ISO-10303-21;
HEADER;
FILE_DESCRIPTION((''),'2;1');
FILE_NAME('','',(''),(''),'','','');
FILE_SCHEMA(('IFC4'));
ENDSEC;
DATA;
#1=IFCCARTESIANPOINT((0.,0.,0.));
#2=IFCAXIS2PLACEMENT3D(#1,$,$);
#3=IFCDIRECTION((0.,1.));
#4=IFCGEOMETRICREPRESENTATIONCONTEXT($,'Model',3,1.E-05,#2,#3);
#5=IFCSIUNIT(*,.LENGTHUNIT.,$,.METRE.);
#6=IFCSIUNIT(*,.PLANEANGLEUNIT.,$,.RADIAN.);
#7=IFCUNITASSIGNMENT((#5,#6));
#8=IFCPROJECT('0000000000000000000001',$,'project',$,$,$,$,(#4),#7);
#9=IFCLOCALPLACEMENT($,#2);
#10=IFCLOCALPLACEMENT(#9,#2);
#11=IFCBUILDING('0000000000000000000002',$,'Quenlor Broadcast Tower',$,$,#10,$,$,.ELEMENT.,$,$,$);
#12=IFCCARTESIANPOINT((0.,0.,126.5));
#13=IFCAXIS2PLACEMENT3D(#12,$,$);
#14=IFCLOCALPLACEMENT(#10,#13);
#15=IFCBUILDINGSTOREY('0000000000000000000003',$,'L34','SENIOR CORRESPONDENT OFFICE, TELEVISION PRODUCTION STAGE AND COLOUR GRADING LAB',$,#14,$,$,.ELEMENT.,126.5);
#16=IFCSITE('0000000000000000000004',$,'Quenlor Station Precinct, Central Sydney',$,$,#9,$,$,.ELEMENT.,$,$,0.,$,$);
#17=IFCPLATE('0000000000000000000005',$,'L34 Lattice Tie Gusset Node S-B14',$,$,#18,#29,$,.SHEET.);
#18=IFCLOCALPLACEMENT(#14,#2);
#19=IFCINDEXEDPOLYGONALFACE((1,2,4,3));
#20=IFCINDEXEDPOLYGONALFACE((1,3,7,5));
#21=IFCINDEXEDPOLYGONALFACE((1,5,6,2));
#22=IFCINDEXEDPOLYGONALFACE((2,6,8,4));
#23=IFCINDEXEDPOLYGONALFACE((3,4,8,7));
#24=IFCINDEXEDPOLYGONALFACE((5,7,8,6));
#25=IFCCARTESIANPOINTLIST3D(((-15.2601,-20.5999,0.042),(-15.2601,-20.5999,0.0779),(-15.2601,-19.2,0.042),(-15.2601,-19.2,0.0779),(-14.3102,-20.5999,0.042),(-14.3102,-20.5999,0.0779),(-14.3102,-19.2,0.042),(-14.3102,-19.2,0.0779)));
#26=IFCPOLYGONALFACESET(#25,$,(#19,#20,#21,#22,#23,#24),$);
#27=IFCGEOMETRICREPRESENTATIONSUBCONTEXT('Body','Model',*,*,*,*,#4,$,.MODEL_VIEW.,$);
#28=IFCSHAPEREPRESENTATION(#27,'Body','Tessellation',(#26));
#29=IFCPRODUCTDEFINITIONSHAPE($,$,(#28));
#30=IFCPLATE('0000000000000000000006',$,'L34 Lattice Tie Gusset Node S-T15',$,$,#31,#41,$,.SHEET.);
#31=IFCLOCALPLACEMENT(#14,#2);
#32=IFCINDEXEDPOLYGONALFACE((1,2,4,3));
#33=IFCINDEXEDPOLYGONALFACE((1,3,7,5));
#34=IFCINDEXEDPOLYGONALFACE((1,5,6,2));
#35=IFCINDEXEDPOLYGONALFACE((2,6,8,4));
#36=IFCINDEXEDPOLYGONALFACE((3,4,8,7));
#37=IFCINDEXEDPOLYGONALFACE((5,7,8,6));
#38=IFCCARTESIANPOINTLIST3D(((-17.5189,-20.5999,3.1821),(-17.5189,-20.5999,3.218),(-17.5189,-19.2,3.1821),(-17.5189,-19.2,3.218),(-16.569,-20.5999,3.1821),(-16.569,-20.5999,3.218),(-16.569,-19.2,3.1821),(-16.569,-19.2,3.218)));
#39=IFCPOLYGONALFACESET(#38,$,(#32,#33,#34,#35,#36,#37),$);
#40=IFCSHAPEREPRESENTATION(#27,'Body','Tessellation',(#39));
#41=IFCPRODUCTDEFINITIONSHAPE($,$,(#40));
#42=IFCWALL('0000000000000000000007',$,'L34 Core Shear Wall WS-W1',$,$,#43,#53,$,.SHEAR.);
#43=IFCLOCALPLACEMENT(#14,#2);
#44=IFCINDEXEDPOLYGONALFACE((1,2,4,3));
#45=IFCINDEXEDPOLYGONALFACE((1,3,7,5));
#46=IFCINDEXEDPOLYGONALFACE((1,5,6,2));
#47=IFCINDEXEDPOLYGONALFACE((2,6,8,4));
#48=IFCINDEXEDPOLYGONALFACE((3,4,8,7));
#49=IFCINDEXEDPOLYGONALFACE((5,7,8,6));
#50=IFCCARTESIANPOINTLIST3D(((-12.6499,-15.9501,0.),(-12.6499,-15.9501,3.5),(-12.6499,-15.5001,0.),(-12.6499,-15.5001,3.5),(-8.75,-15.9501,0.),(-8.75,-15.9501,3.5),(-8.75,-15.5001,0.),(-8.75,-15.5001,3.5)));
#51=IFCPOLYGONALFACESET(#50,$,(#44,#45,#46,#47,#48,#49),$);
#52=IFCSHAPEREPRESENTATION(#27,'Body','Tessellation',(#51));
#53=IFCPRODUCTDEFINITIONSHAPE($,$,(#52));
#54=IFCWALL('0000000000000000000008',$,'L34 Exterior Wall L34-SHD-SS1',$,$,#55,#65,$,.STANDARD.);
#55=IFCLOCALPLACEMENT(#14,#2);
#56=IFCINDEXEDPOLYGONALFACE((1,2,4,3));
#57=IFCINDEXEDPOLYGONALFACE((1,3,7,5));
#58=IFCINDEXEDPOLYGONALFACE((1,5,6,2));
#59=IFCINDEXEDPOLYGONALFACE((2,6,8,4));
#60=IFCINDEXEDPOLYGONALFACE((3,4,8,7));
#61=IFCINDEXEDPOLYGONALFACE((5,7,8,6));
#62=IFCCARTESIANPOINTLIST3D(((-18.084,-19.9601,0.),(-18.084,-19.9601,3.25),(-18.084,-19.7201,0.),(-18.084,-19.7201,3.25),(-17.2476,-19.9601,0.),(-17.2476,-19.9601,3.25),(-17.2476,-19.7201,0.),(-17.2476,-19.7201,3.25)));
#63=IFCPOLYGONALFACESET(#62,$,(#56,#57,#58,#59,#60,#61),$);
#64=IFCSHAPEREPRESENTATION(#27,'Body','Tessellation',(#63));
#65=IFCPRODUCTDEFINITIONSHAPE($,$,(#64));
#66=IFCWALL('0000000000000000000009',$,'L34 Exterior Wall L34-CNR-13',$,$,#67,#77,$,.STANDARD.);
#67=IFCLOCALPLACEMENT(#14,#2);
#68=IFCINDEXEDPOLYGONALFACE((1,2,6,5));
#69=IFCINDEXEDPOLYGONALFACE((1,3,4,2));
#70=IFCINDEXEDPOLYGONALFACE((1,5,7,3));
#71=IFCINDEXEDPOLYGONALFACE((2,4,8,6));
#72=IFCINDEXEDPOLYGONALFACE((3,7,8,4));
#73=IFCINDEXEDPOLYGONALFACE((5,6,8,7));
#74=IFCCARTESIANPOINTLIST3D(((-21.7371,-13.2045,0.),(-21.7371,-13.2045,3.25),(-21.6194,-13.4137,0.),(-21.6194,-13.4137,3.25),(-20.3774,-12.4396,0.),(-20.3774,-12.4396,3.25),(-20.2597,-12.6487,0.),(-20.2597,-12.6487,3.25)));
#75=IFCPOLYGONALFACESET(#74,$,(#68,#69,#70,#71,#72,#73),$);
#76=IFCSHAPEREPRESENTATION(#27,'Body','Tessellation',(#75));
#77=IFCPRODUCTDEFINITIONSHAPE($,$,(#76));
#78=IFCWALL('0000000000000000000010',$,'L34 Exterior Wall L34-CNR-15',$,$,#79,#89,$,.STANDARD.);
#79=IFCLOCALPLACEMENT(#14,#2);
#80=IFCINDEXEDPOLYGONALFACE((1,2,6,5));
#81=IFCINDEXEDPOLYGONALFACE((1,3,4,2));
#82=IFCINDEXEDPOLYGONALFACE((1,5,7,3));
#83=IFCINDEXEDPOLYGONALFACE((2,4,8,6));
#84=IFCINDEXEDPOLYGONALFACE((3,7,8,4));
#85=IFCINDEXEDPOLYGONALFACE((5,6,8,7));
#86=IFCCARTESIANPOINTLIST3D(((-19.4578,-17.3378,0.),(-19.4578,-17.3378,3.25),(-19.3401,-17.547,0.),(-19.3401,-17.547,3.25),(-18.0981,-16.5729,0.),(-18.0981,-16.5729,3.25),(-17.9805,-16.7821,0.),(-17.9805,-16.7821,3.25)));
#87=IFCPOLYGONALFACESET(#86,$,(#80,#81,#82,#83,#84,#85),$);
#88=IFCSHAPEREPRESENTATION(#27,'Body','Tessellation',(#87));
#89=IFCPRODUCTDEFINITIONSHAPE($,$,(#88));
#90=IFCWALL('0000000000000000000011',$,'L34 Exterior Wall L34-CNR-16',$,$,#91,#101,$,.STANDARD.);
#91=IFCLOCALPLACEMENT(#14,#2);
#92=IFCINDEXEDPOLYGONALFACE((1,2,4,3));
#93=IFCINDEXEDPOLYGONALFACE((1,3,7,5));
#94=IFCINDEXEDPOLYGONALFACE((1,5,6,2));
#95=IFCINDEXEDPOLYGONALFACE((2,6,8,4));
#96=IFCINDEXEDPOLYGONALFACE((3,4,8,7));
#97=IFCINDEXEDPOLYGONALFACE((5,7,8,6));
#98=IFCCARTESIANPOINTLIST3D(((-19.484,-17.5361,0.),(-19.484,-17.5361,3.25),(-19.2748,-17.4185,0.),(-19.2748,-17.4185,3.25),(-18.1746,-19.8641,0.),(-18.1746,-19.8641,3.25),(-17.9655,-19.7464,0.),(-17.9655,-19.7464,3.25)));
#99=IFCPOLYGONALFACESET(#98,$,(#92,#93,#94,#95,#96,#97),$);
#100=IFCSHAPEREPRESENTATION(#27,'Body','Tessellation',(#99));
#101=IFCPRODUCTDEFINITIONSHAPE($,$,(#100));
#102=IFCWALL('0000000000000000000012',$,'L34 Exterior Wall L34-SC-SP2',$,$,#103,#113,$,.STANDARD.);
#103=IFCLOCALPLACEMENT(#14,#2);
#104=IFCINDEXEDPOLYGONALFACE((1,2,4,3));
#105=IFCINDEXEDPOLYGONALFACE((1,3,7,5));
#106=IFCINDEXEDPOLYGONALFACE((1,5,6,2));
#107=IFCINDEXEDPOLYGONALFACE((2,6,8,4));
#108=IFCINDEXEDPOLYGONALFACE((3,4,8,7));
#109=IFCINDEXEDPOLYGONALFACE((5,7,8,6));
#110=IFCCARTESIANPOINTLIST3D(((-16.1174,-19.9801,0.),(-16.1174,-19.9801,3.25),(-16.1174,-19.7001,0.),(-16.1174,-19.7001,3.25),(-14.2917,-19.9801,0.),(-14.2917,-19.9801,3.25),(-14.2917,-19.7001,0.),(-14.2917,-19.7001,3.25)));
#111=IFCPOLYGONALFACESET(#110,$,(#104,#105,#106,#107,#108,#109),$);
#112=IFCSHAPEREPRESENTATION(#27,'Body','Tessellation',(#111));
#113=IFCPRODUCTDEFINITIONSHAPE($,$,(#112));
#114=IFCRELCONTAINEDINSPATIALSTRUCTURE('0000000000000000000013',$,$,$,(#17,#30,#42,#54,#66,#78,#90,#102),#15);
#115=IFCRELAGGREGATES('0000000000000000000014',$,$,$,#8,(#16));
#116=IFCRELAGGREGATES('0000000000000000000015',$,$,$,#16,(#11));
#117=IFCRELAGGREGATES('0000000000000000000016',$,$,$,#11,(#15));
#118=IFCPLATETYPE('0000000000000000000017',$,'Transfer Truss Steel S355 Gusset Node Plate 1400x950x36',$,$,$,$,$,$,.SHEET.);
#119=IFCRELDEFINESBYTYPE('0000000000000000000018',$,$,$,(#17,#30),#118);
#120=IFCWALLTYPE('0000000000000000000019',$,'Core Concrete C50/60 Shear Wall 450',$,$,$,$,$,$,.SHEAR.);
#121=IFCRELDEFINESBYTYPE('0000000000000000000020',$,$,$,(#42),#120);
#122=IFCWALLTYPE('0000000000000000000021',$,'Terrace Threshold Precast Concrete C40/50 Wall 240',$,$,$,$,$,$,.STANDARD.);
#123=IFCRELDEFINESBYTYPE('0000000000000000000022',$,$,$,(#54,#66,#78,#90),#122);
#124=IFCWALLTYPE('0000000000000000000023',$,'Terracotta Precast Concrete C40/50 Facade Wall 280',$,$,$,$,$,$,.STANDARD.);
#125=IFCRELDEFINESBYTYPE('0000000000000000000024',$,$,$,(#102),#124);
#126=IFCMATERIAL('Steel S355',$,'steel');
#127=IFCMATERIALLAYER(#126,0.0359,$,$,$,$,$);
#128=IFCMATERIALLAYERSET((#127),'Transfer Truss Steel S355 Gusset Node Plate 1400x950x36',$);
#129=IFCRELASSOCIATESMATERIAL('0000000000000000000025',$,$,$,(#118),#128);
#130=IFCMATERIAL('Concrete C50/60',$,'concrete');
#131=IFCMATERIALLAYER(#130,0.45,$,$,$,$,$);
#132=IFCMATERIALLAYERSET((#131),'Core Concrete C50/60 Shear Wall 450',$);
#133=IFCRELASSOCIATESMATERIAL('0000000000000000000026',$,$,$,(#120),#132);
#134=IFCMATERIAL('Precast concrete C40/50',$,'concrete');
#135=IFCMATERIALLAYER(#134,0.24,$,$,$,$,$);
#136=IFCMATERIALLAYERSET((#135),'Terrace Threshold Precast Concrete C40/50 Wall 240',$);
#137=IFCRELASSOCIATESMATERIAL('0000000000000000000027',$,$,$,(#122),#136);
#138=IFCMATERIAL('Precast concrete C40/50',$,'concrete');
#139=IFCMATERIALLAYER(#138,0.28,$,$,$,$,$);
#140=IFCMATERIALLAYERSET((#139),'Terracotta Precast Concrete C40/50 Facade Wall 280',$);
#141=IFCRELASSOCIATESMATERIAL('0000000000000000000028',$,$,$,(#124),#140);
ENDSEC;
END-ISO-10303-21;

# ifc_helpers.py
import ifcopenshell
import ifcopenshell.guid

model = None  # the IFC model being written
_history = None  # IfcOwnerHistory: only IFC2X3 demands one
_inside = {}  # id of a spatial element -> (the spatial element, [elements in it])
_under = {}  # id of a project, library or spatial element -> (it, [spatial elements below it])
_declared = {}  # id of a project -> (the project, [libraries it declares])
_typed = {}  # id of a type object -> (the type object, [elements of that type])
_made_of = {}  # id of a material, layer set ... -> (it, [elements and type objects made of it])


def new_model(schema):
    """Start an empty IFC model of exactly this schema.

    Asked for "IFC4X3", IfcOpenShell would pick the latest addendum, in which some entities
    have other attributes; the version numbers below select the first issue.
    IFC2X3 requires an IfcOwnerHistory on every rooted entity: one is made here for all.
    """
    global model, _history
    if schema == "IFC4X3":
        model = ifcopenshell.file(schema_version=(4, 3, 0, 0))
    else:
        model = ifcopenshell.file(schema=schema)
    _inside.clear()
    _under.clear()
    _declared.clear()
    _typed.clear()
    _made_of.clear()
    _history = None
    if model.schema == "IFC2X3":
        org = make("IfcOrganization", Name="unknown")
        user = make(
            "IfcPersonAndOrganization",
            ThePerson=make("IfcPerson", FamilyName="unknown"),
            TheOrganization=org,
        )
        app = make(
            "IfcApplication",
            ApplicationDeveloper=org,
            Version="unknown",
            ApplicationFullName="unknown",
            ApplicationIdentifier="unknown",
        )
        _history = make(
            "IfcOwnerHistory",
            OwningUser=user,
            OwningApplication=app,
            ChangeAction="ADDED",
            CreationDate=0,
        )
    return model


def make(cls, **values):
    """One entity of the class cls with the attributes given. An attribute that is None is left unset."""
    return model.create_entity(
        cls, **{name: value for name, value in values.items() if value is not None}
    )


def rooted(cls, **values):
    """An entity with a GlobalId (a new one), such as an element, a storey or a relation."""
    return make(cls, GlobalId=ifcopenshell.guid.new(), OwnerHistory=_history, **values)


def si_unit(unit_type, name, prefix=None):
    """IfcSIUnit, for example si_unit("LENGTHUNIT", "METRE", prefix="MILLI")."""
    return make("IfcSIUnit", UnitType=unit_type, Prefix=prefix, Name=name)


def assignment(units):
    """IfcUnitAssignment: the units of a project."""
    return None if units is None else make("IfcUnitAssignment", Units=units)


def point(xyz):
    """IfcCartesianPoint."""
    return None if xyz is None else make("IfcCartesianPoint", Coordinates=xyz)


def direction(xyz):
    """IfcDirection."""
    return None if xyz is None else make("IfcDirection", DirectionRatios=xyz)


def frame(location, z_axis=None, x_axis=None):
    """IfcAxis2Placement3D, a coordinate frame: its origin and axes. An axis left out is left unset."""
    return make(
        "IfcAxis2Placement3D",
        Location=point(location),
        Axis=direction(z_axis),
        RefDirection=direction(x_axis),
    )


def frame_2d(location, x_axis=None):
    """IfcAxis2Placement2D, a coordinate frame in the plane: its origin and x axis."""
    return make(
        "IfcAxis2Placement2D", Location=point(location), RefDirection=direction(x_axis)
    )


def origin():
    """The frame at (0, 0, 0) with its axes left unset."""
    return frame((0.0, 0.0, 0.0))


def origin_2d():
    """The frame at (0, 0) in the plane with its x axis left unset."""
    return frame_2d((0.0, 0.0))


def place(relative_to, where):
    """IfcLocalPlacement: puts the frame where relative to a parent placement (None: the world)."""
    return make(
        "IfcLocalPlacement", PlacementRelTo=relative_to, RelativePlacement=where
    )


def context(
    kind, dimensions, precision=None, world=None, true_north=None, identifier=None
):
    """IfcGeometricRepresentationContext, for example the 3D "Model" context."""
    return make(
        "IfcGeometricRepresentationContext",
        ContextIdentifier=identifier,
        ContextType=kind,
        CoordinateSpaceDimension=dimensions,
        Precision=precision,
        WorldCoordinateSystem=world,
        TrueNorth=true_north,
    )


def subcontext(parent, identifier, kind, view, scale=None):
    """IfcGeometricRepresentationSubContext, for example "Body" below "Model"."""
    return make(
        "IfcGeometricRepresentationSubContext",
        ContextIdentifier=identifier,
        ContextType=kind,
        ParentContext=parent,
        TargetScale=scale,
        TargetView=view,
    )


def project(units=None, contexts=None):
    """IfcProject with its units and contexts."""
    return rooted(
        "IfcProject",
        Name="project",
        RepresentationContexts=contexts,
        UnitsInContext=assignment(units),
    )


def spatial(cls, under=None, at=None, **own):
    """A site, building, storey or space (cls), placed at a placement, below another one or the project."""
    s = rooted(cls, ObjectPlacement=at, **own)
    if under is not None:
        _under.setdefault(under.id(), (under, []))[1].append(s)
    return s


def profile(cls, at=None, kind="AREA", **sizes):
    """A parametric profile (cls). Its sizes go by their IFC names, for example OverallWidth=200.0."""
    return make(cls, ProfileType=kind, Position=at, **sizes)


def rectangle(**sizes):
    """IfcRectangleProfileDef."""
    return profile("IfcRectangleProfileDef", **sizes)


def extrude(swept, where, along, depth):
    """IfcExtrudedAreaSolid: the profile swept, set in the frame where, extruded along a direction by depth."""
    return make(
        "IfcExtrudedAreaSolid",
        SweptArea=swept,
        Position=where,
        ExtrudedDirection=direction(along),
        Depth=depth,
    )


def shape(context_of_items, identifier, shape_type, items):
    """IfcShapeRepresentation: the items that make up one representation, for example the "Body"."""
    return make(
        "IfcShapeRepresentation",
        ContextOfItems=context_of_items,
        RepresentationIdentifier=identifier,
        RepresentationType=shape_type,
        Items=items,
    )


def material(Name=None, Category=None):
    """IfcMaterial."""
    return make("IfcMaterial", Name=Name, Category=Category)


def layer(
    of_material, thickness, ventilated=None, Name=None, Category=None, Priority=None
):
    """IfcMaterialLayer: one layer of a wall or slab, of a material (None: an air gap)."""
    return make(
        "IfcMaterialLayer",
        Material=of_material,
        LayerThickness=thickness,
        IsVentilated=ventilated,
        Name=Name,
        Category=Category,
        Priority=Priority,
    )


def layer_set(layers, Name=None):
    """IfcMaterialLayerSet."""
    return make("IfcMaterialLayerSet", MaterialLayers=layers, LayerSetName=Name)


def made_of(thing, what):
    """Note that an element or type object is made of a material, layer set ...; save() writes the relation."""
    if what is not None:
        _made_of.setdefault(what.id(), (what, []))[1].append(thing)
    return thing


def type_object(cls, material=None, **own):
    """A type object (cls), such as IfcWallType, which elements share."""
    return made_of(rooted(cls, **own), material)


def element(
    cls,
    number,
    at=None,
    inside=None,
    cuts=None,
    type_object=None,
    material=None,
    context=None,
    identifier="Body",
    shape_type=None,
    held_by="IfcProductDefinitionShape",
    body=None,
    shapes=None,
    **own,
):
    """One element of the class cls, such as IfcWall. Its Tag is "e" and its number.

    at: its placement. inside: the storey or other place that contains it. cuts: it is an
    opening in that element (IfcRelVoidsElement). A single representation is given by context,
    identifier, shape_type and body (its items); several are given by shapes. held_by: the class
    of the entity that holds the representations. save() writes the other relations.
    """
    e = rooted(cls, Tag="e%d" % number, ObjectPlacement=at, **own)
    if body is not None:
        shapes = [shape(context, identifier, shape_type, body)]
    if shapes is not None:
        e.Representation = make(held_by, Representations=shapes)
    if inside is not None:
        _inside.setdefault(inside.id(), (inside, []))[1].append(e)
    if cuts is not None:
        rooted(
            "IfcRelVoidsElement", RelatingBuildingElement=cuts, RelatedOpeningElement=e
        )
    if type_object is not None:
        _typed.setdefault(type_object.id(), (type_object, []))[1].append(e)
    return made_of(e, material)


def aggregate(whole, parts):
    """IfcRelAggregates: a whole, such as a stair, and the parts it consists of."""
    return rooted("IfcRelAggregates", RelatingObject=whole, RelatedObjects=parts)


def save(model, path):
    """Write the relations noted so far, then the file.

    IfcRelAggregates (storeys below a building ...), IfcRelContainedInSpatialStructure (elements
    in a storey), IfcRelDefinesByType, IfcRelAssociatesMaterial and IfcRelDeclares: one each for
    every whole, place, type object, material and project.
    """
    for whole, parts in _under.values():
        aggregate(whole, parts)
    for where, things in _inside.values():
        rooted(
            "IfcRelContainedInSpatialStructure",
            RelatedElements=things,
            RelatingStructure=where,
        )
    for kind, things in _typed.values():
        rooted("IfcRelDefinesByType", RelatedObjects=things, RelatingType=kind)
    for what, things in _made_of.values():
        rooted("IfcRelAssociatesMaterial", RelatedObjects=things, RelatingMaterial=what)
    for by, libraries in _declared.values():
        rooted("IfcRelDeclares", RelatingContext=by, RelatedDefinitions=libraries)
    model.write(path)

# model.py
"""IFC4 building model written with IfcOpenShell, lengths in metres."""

from ifc_helpers import new_model, si_unit, direction, frame, frame_2d, origin, origin_2d, place, context, subcontext, project, spatial, rectangle, extrude, material, layer, layer_set, type_object, element, save


model = new_model("IFC4")

# Units and contexts
model_context = context("Model", 3, precision=1e-05, world=origin(), true_north=direction((0.0, 1.0)))
body_context = subcontext(model_context, "Body", "Model", "MODEL_VIEW")
ifc_project = project(units=[si_unit("LENGTHUNIT", "METRE"), si_unit("PLANEANGLEUNIT", "RADIAN")], contexts=[model_context])

# Site, building, storey
site_placement = place(None, origin())
site = spatial("IfcSite", under=ifc_project, at=site_placement, Name="Quenlor Station Precinct, Central Sydney", CompositionType="ELEMENT", RefElevation=0.0)
building_placement = place(site_placement, origin())
building = spatial("IfcBuilding", under=site, at=building_placement, Name="Quenlor Broadcast Tower", CompositionType="ELEMENT")
storey_placement = place(building_placement, frame((0.0, 0.0, 126.5)))
storey = spatial("IfcBuildingStorey", under=building, at=storey_placement, Name="L34", Description="SENIOR CORRESPONDENT OFFICE, TELEVISION PRODUCTION STAGE AND COLOUR GRADING LAB", CompositionType="ELEMENT", Elevation=126.5)

# Plates
ifc_material_1 = material(Name="Steel S355", Category="steel")
ifc_layer_1 = layer(ifc_material_1, 0.0359)
ifc_layer_set_1 = layer_set([ifc_layer_1], Name="Transfer Truss Steel S355 Gusset Node Plate 1400x950x36")
plate_type_1 = type_object("IfcPlateType", Name="Transfer Truss Steel S355 Gusset Node Plate 1400x950x36", PredefinedType="SHEET", material=ifc_layer_set_1)
for number, where, z_axis, x_axis, name in (
    (1, (-14.7852, -19.8999, 0.042), (0.0, 0.0, 1.0), (0.0, -1.0, 0.0), "L34 Lattice Tie Gusset Node S-B14"),
    (2, (-17.0439, -19.8999, 3.1821), (0.0, 0.0, 1.0), (0.0, -1.0, 0.0), "L34 Lattice Tie Gusset Node S-T15"),
):
    element("IfcPlate", number, at=place(storey_placement, frame(where, z_axis=z_axis, x_axis=x_axis)), inside=storey, type_object=plate_type_1, Name=name, PredefinedType="SHEET", context=body_context, shape_type="SweptSolid", body=[
        extrude(rectangle(XDim=1.3999, YDim=0.95, at=origin_2d()), origin(), (0.0, 0.0, 1.0), 0.0359),
    ])

# Walls
ifc_material_2 = material(Name="Concrete C50/60", Category="concrete")
ifc_layer_2 = layer(ifc_material_2, 0.45)
ifc_layer_set_2 = layer_set([ifc_layer_2], Name="Core Concrete C50/60 Shear Wall 450")
wall_type_1 = type_object("IfcWallType", Name="Core Concrete C50/60 Shear Wall 450", PredefinedType="SHEAR", material=ifc_layer_set_2)
wall_1_placement = place(storey_placement, frame((-12.6499, -15.7251, 0.0), z_axis=(0.0, 0.0, 1.0), x_axis=(1.0, 0.0, 0.0)))
element("IfcWall", 3, at=wall_1_placement, inside=storey, type_object=wall_type_1, Name="L34 Core Shear Wall WS-W1", PredefinedType="SHEAR", context=body_context, shape_type="SweptSolid", body=[
    extrude(rectangle(XDim=3.8999, YDim=0.45, at=frame_2d((1.95, 0.0))), origin(), (0.0, 0.0, 1.0), 3.5),
])
ifc_material_3 = material(Name="Precast concrete C40/50", Category="concrete")
ifc_layer_3 = layer(ifc_material_3, 0.24)
ifc_layer_set_3 = layer_set([ifc_layer_3], Name="Terrace Threshold Precast Concrete C40/50 Wall 240")
wall_type_2 = type_object("IfcWallType", Name="Terrace Threshold Precast Concrete C40/50 Wall 240", PredefinedType="STANDARD", material=ifc_layer_set_3)
wall_2_placement = place(storey_placement, frame((-17.2476, -19.8401, 0.0), z_axis=(0.0, 0.0, 1.0), x_axis=(-1.0, 0.0, 0.0)))
element("IfcWall", 4, at=wall_2_placement, inside=storey, type_object=wall_type_2, Name="L34 Exterior Wall L34-SHD-SS1", PredefinedType="STANDARD", context=body_context, shape_type="SweptSolid", body=[
    extrude(rectangle(XDim=0.8364, YDim=0.24, at=frame_2d((0.4182, 0.0))), origin(), (0.0, 0.0, 1.0), 3.25),
])
for number, where, z_axis, x_axis, name in (
    (5, (-21.6782, -13.3091, 0.0), (0.0, 0.0, 1.0), (0.871546, 0.490313, 0.0), "L34 Exterior Wall L34-CNR-13"),
    (6, (-18.0393, -16.6775, 0.0), (0.0, 0.0, 1.0), (-0.871546, -0.490313, 0.0), "L34 Exterior Wall L34-CNR-15"),
):
    element("IfcWall", number, at=place(storey_placement, frame(where, z_axis=z_axis, x_axis=x_axis)), inside=storey, type_object=wall_type_2, Name=name, PredefinedType="STANDARD", context=body_context, shape_type="SweptSolid", body=[
        extrude(rectangle(XDim=1.5601, YDim=0.24, at=frame_2d((0.78, 0.0))), origin(), (0.0, 0.0, 1.0), 3.25),
    ])
wall_3_placement = place(storey_placement, frame((-19.3794, -17.4773, 0.0), z_axis=(0.0, 0.0, 1.0), x_axis=(0.490231, -0.871593, 0.0)))
element("IfcWall", 7, at=wall_3_placement, inside=storey, type_object=wall_type_2, Name="L34 Exterior Wall L34-CNR-16", PredefinedType="STANDARD", context=body_context, shape_type="SweptSolid", body=[
    extrude(rectangle(XDim=2.6709, YDim=0.24, at=frame_2d((1.3354, 0.0))), origin(), (0.0, 0.0, 1.0), 3.25),
])
ifc_material_4 = material(Name="Precast concrete C40/50", Category="concrete")
ifc_layer_4 = layer(ifc_material_4, 0.28)
ifc_layer_set_4 = layer_set([ifc_layer_4], Name="Terracotta Precast Concrete C40/50 Facade Wall 280")
wall_type_3 = type_object("IfcWallType", Name="Terracotta Precast Concrete C40/50 Facade Wall 280", PredefinedType="STANDARD", material=ifc_layer_set_4)
wall_4_placement = place(storey_placement, frame((-14.2917, -19.8401, 0.0), z_axis=(0.0, 0.0, 1.0), x_axis=(-1.0, 0.0, 0.0)))
element("IfcWall", 8, at=wall_4_placement, inside=storey, type_object=wall_type_3, Name="L34 Exterior Wall L34-SC-SP2", PredefinedType="STANDARD", context=body_context, shape_type="SweptSolid", body=[
    extrude(rectangle(XDim=1.8257, YDim=0.28, at=frame_2d((0.9128, 0.0))), origin(), (0.0, 0.0, 1.0), 3.25),
])

save(model, "model.ifc")
